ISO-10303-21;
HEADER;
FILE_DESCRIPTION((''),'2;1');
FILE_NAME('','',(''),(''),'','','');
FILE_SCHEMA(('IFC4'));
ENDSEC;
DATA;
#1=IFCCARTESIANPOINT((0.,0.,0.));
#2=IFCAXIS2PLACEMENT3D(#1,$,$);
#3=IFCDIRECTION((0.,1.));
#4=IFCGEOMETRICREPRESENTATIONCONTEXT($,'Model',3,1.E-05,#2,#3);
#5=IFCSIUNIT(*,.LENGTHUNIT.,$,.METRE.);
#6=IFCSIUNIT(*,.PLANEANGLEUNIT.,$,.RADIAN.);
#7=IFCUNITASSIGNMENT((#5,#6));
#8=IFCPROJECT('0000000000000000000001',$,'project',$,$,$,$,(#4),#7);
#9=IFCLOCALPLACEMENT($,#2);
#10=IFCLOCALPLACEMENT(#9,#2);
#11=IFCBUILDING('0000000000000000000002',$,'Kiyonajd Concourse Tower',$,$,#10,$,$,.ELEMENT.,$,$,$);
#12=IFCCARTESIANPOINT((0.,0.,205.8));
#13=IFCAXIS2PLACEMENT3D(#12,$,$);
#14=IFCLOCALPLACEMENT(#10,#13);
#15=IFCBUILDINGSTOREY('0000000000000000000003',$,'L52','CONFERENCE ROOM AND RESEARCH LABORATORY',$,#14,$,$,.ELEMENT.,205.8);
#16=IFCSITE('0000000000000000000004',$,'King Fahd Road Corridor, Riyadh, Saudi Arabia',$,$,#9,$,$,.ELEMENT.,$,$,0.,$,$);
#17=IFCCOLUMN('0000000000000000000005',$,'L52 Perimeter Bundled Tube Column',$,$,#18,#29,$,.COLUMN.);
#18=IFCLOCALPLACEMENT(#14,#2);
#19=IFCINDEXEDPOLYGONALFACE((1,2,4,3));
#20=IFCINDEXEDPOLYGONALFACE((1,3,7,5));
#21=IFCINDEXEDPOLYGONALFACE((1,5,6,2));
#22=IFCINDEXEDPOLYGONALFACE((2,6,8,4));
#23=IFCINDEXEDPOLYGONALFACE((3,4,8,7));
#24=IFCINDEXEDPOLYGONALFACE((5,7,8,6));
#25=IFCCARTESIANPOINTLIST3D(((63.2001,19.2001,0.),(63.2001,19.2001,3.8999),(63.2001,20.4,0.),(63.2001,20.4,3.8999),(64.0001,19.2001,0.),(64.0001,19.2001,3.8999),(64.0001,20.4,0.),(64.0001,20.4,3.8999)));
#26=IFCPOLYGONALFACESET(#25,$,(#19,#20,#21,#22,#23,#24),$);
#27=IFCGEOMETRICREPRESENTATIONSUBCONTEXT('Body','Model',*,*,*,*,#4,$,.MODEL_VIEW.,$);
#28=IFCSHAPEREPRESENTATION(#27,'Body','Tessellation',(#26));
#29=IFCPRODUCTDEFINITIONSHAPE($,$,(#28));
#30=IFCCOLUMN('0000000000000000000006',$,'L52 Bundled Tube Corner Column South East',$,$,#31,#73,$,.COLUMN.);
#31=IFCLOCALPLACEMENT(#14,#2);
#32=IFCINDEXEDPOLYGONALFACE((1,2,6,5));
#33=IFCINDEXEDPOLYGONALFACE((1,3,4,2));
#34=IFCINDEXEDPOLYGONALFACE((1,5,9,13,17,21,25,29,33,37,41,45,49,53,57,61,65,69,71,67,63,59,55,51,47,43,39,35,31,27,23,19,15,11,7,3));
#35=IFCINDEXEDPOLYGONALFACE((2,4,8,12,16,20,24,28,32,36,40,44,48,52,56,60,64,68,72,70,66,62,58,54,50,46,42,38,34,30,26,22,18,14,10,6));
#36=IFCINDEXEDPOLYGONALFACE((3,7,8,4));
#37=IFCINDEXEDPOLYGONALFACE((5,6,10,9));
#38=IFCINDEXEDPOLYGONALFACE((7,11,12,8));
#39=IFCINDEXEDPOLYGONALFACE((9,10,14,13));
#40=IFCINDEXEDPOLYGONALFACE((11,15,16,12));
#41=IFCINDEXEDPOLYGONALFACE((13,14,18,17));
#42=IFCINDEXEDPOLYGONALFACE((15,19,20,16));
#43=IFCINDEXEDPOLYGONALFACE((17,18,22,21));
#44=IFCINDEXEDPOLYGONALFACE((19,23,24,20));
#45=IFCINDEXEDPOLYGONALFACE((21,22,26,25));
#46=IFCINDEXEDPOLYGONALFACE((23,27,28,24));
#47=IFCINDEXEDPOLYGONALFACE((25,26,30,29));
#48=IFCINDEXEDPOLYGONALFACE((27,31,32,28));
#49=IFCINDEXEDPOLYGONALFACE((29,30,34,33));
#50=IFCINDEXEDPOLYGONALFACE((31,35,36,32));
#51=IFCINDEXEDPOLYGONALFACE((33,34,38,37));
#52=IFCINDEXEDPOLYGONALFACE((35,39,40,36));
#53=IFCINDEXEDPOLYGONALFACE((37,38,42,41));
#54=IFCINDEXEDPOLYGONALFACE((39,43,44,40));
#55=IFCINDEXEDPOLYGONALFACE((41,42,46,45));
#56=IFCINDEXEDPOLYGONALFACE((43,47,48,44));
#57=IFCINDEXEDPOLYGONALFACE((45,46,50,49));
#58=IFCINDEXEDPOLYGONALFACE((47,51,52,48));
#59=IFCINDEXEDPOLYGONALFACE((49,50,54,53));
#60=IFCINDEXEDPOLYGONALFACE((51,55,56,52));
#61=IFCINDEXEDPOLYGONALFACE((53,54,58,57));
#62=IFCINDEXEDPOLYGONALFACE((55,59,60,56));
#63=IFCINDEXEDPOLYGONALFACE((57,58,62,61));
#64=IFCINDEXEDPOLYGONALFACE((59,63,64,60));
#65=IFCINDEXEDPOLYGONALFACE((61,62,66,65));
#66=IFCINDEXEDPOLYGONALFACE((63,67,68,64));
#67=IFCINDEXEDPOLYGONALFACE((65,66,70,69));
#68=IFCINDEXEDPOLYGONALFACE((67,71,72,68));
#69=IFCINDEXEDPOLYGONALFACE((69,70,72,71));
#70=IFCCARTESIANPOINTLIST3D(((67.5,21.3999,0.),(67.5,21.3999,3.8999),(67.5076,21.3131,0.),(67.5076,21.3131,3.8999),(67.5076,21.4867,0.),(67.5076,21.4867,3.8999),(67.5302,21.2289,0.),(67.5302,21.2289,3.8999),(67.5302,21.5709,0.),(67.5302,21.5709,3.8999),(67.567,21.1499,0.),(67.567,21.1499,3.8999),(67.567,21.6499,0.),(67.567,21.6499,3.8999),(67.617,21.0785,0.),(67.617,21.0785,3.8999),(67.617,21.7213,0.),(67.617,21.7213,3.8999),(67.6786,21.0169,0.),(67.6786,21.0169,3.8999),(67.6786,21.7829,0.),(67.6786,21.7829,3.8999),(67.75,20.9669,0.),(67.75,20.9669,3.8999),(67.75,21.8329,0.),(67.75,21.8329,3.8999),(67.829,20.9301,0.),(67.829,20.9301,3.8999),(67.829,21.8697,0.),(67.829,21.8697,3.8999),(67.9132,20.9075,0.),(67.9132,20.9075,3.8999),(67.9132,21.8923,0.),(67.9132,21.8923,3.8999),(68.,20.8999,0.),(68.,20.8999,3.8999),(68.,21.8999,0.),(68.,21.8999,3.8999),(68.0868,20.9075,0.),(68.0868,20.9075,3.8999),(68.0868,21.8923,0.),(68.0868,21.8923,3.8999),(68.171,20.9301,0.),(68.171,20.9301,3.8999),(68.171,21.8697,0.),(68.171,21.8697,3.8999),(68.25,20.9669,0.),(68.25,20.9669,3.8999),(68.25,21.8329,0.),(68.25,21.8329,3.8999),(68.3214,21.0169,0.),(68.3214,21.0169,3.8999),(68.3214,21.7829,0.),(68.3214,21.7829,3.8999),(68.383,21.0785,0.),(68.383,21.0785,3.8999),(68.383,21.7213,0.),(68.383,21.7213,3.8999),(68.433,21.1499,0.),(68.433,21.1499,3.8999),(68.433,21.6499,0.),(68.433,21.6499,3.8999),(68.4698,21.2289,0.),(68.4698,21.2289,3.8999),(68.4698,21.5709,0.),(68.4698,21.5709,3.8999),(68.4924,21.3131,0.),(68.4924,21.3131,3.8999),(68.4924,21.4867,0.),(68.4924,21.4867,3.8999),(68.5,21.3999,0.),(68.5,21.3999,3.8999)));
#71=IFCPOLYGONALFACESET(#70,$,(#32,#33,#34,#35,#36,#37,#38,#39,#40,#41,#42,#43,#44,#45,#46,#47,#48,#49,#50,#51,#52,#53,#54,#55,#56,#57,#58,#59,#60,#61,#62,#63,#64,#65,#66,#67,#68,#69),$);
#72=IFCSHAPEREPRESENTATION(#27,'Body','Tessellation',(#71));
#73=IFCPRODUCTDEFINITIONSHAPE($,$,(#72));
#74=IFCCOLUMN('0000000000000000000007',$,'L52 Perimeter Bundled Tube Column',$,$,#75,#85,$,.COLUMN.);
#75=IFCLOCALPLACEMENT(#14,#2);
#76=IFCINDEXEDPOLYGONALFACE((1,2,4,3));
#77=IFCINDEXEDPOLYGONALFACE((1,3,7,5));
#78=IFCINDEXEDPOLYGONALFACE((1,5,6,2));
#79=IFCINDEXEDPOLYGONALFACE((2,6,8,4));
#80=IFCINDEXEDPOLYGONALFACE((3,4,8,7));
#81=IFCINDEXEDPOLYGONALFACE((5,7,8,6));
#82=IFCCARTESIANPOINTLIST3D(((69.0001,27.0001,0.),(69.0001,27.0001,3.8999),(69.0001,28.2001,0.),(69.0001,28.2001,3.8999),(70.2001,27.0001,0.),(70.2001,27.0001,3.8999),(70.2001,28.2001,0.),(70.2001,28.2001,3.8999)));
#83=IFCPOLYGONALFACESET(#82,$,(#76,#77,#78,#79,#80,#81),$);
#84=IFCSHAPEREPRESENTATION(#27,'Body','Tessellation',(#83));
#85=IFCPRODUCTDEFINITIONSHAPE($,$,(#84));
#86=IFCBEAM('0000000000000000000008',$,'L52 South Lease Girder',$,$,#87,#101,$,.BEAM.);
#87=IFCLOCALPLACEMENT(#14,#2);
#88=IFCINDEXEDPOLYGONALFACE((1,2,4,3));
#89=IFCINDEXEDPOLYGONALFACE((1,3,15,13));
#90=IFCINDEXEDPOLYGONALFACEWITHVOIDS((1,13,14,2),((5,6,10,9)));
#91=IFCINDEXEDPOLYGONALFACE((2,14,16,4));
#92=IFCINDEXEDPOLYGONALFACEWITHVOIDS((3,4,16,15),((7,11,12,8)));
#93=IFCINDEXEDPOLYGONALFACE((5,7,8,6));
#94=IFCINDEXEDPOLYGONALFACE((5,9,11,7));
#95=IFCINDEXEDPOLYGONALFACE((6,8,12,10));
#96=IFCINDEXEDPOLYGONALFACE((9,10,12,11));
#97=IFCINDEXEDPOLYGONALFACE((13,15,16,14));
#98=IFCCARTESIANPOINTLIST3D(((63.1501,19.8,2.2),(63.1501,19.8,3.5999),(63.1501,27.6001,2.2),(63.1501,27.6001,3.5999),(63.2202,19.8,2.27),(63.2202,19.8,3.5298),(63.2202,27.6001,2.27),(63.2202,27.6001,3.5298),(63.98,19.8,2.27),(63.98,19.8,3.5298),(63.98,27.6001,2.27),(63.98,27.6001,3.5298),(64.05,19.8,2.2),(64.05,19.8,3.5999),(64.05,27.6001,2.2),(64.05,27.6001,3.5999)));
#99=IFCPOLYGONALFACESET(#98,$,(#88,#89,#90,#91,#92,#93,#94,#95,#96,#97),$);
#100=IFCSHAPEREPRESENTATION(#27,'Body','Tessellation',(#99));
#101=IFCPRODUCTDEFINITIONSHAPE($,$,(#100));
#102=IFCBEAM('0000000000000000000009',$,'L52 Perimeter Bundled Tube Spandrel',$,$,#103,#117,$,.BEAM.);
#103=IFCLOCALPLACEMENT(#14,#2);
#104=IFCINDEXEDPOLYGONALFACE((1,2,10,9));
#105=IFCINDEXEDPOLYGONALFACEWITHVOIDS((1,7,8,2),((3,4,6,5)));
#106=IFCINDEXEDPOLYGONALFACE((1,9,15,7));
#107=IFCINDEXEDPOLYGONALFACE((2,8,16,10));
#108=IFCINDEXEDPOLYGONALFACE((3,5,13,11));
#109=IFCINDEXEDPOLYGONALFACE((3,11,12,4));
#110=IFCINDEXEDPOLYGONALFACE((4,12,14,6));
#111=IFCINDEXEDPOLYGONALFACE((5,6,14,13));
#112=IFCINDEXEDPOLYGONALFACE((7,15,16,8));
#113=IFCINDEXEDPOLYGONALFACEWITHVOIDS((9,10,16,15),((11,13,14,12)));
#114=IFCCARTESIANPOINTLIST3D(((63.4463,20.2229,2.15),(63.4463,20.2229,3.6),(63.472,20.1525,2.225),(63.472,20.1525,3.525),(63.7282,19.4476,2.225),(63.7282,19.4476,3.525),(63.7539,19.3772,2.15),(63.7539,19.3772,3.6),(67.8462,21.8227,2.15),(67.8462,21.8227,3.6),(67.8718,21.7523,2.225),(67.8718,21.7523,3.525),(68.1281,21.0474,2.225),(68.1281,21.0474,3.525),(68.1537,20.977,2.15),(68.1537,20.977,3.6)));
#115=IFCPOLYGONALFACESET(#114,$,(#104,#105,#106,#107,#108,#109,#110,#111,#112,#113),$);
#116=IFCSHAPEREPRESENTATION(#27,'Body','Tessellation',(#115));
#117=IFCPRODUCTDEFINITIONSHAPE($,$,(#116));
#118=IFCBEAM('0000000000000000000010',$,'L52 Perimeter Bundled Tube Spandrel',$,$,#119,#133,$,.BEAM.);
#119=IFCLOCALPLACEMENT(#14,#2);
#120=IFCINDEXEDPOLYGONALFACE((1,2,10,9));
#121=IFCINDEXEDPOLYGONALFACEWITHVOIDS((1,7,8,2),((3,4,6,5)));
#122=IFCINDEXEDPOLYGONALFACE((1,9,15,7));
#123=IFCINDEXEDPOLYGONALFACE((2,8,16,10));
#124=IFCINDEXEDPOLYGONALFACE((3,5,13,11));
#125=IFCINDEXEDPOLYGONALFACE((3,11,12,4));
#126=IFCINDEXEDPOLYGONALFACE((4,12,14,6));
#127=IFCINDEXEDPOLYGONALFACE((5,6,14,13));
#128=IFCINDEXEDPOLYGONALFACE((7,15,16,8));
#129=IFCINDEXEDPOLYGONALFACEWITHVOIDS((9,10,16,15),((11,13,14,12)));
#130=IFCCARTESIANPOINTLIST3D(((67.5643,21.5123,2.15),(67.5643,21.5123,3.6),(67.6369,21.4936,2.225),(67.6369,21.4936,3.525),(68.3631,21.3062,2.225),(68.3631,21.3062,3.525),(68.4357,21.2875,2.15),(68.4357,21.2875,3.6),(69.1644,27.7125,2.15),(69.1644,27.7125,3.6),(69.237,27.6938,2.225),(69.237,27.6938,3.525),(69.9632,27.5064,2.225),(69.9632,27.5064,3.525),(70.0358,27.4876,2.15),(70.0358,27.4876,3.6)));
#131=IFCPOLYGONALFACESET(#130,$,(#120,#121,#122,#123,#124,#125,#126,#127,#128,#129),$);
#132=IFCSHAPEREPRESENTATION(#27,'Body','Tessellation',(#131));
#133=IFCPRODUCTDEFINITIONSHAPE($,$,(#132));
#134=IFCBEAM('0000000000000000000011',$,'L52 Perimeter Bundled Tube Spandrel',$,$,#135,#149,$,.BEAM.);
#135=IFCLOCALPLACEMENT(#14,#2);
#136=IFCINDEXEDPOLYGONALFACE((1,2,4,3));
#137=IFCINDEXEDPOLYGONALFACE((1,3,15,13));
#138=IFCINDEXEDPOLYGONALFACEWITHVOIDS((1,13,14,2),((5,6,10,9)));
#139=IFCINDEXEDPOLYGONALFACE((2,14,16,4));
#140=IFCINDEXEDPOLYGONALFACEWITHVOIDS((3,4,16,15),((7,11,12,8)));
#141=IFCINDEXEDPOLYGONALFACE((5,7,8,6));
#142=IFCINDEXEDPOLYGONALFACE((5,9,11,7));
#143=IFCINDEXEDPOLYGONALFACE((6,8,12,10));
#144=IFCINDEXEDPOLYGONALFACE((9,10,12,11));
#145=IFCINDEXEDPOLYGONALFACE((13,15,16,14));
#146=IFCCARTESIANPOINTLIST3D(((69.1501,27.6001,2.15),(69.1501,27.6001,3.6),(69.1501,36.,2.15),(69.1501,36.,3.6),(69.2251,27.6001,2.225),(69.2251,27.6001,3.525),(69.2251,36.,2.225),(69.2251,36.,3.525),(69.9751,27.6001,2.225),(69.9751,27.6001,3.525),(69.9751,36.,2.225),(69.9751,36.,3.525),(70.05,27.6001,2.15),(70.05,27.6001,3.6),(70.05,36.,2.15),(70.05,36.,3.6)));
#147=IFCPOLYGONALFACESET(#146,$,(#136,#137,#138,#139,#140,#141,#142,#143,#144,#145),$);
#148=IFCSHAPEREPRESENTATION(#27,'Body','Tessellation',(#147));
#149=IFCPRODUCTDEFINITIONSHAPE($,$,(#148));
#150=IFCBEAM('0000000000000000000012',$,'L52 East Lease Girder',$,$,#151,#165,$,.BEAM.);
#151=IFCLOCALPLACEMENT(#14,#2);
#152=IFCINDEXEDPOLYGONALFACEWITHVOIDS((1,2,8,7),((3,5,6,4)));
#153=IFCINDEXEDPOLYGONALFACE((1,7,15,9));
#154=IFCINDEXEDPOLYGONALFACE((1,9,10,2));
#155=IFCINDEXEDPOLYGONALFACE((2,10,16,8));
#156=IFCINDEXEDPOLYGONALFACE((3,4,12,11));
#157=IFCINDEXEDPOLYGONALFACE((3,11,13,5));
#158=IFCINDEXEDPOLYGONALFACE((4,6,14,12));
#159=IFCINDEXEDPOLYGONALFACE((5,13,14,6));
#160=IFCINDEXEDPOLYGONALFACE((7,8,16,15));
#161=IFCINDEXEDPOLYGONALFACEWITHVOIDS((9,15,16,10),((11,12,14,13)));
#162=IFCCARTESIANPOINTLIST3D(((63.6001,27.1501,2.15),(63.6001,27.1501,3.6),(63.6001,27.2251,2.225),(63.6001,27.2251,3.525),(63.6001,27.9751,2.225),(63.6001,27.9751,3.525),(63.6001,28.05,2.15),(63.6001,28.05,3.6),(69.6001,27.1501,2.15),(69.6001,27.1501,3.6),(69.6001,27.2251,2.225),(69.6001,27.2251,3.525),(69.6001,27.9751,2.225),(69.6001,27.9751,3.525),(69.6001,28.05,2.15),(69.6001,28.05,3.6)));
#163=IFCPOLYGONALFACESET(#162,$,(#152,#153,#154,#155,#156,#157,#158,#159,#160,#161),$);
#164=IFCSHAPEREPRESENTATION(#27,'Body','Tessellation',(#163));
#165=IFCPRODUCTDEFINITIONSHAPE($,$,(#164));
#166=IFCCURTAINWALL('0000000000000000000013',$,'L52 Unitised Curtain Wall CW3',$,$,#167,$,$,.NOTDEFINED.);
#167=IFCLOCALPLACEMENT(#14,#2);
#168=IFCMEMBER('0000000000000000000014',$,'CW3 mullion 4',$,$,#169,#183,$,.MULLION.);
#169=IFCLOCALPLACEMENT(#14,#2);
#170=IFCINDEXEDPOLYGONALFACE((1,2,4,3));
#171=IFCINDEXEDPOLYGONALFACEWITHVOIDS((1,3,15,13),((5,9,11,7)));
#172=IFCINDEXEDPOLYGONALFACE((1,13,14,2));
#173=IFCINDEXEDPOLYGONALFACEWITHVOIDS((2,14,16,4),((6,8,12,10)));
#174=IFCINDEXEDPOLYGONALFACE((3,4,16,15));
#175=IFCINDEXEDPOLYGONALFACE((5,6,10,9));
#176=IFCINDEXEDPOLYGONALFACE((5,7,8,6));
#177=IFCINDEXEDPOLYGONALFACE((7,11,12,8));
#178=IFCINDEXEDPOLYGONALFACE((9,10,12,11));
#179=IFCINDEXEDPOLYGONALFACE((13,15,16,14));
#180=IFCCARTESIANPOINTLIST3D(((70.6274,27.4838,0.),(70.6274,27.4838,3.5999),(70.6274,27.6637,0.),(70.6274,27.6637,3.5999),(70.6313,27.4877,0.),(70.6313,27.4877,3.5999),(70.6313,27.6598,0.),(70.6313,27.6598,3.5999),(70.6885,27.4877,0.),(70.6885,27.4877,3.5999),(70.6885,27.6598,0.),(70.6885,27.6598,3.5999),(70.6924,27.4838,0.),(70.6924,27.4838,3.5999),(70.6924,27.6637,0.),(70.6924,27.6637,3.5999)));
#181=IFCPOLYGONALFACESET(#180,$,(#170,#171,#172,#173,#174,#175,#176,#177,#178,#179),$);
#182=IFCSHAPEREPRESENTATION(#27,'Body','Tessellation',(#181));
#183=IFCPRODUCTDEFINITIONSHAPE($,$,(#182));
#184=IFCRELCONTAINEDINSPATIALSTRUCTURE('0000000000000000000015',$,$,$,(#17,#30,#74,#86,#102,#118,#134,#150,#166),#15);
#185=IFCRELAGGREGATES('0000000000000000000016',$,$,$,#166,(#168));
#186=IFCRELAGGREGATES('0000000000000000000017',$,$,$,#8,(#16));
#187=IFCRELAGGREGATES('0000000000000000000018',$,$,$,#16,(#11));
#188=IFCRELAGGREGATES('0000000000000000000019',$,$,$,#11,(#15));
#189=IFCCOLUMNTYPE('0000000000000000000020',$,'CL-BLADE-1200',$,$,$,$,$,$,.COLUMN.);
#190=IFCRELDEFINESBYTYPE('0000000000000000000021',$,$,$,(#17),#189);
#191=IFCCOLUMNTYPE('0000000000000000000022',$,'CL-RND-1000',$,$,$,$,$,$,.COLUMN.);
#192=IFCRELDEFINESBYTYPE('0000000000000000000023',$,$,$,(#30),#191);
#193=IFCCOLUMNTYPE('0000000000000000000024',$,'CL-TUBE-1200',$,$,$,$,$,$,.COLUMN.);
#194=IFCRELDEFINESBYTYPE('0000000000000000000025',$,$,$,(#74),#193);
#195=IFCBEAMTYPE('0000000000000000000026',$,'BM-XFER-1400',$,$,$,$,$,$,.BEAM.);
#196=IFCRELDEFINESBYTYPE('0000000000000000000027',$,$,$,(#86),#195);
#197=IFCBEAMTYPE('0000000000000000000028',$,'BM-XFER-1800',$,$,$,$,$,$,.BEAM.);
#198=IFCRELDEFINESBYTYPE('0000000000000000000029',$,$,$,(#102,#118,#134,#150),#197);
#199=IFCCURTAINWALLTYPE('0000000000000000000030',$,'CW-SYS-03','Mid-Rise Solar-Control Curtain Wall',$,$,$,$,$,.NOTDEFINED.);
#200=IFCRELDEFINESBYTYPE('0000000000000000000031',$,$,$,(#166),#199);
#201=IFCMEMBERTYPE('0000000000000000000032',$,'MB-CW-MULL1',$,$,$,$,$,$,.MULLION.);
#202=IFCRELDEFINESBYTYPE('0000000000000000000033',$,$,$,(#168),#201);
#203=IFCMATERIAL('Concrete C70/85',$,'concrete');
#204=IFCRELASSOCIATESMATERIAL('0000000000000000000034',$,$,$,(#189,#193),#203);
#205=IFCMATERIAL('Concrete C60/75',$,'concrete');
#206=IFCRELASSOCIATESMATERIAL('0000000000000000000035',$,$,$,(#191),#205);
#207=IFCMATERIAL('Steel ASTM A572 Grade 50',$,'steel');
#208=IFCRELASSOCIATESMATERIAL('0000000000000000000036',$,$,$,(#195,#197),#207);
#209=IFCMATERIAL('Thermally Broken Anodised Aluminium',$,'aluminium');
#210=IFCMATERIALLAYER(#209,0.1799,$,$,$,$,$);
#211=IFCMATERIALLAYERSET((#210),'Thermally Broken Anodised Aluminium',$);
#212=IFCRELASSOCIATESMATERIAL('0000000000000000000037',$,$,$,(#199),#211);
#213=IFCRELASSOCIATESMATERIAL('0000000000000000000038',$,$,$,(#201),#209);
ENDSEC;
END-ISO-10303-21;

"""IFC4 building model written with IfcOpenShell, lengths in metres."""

from ifc_helpers import new_model, si_unit, direction, frame, origin, origin_2d, place, context, subcontext, project, spatial, rectangle, hollow_rectangle, circle, extrude, material, layer, layer_set, material_profile, profile_set, type_object, element, aggregate, save


model = new_model("IFC4")

# Units and contexts
model_context = context("Model", 3, precision=1e-05, world=origin(), true_north=direction((0.0, 1.0)))
body_context = subcontext(model_context, "Body", "Model", "MODEL_VIEW")
ifc_project = project(units=[si_unit("LENGTHUNIT", "METRE"), si_unit("PLANEANGLEUNIT", "RADIAN")], contexts=[model_context])

# Site, building, storey
site_placement = place(None, origin())
site = spatial("IfcSite", under=ifc_project, at=site_placement, Name="King Fahd Road Corridor, Riyadh, Saudi Arabia", CompositionType="ELEMENT", RefElevation=0.0)
building_placement = place(site_placement, origin())
building = spatial("IfcBuilding", under=site, at=building_placement, Name="Kiyonajd Concourse Tower", CompositionType="ELEMENT")
storey_placement = place(building_placement, frame((0.0, 0.0, 205.8)))
storey = spatial("IfcBuildingStorey", under=building, at=storey_placement, Name="L52", Description="CONFERENCE ROOM AND RESEARCH LABORATORY", CompositionType="ELEMENT", Elevation=205.8)

# Columns
ifc_material_1 = material(Name="Concrete C70/85", Category="concrete")
ifc_material_profile_1 = material_profile(ifc_material_1, rectangle(XDim=0.8, YDim=1.2, at=origin_2d()), Name="RC-1200x800")
ifc_profile_set_1 = profile_set([ifc_material_profile_1], Name="Concrete C70/85")
column_type_1 = type_object("IfcColumnType", Name="CL-BLADE-1200", PredefinedType="COLUMN", material=ifc_profile_set_1)
column_1_placement = place(storey_placement, frame((63.6001, 19.8, 0.0), z_axis=(0.0, 0.0, 1.0), x_axis=(1.0, 0.0, 0.0)))
element("IfcColumn", 1, at=column_1_placement, inside=storey, type_object=column_type_1, Name="L52 Perimeter Bundled Tube Column", PredefinedType="COLUMN", context=body_context, shape_type="SweptSolid", body=[
    extrude(rectangle(XDim=0.8, YDim=1.2, at=origin_2d()), origin(), (0.0, 0.0, 1.0), 3.8999),
])
ifc_material_2 = material(Name="Concrete C60/75", Category="concrete")
ifc_material_profile_2 = material_profile(ifc_material_2, circle(Radius=0.5, at=origin_2d()), Name="RCC-D1000")
ifc_profile_set_2 = profile_set([ifc_material_profile_2], Name="Concrete C60/75")
column_type_2 = type_object("IfcColumnType", Name="CL-RND-1000", PredefinedType="COLUMN", material=ifc_profile_set_2)
column_2_placement = place(storey_placement, frame((68.0, 21.3999, 0.0), z_axis=(0.0, 0.0, 1.0), x_axis=(1.0, 0.0, 0.0)))
element("IfcColumn", 2, at=column_2_placement, inside=storey, type_object=column_type_2, Name="L52 Bundled Tube Corner Column South East", PredefinedType="COLUMN", context=body_context, shape_type="SweptSolid", body=[
    extrude(circle(Radius=0.5, at=origin_2d()), origin(), (0.0, 0.0, 1.0), 3.8999),
])
ifc_material_profile_3 = material_profile(ifc_material_1, rectangle(XDim=1.2, YDim=1.2, at=origin_2d()), Name="RC-1200x1200")
ifc_profile_set_3 = profile_set([ifc_material_profile_3], Name="Concrete C70/85")
column_type_3 = type_object("IfcColumnType", Name="CL-TUBE-1200", PredefinedType="COLUMN", material=ifc_profile_set_3)
column_3_placement = place(storey_placement, frame((69.6001, 27.6001, 0.0), z_axis=(0.0, 0.0, 1.0), x_axis=(1.0, 0.0, 0.0)))
element("IfcColumn", 3, at=column_3_placement, inside=storey, type_object=column_type_3, Name="L52 Perimeter Bundled Tube Column", PredefinedType="COLUMN", context=body_context, shape_type="SweptSolid", body=[
    extrude(rectangle(XDim=1.2, YDim=1.2, at=origin_2d()), origin(), (0.0, 0.0, 1.0), 3.8999),
])

# Beams
ifc_material_3 = material(Name="Steel ASTM A572 Grade 50", Category="steel")
ifc_material_profile_4 = material_profile(ifc_material_3, hollow_rectangle(XDim=0.8999, YDim=1.3999, WallThickness=0.0701, at=origin_2d()), Name="BOX-1400x900x70")
ifc_profile_set_4 = profile_set([ifc_material_profile_4], Name="Steel ASTM A572 Grade 50")
beam_type_1 = type_object("IfcBeamType", Name="BM-XFER-1400", PredefinedType="BEAM", material=ifc_profile_set_4)
beam_1_placement = place(storey_placement, frame((63.6001, 19.8, 2.8999), z_axis=(0.0, 1.0, 0.0), x_axis=(-1.0, 0.0, 0.0)))
element("IfcBeam", 4, at=beam_1_placement, inside=storey, type_object=beam_type_1, Name="L52 South Lease Girder", PredefinedType="BEAM", context=body_context, shape_type="SweptSolid", body=[
    extrude(hollow_rectangle(XDim=0.8999, YDim=1.3999, WallThickness=0.0701, at=origin_2d()), origin(), (0.0, 0.0, 1.0), 7.8),
])
ifc_material_profile_5 = material_profile(ifc_material_3, hollow_rectangle(XDim=0.8999, YDim=1.45, WallThickness=0.075, at=origin_2d()), Name="BOX-1450x900x75")
ifc_profile_set_5 = profile_set([ifc_material_profile_5], Name="Steel ASTM A572 Grade 50")
beam_type_2 = type_object("IfcBeamType", Name="BM-XFER-1800", PredefinedType="BEAM", material=ifc_profile_set_5)
beam_2_placement = place(storey_placement, frame((63.6001, 19.8, 2.875), z_axis=(0.939801, 0.341722, 0.0), x_axis=(-0.341722, 0.939801, 0.0)))
element("IfcBeam", 5, at=beam_2_placement, inside=storey, type_object=beam_type_2, Name="L52 Perimeter Bundled Tube Spandrel", PredefinedType="BEAM", context=body_context, shape_type="SweptSolid", body=[
    extrude(hollow_rectangle(XDim=0.8999, YDim=1.45, WallThickness=0.075, at=origin_2d()), origin(), (0.0, 0.0, 1.0), 4.6816),
])
beam_3_placement = place(storey_placement, frame((68.0, 21.3999, 2.875), z_axis=(0.249885, 0.968276, 0.0), x_axis=(-0.968276, 0.249885, 0.0)))
element("IfcBeam", 6, at=beam_3_placement, inside=storey, type_object=beam_type_2, Name="L52 Perimeter Bundled Tube Spandrel", PredefinedType="BEAM", context=body_context, shape_type="SweptSolid", body=[
    extrude(hollow_rectangle(XDim=0.8999, YDim=1.45, WallThickness=0.075, at=origin_2d()), origin(), (0.0, 0.0, 1.0), 6.4033),
])
beam_4_placement = place(storey_placement, frame((69.6001, 27.6001, 2.875), z_axis=(0.0, 1.0, 0.0), x_axis=(-1.0, 0.0, 0.0)))
element("IfcBeam", 7, at=beam_4_placement, inside=storey, type_object=beam_type_2, Name="L52 Perimeter Bundled Tube Spandrel", PredefinedType="BEAM", context=body_context, shape_type="SweptSolid", body=[
    extrude(hollow_rectangle(XDim=0.8999, YDim=1.45, WallThickness=0.075, at=origin_2d()), origin(), (0.0, 0.0, 1.0), 8.3999),
])
beam_5_placement = place(storey_placement, frame((63.6001, 27.6001, 2.875), z_axis=(1.0, 0.0, 0.0), x_axis=(0.0, 1.0, 0.0)))
element("IfcBeam", 8, at=beam_5_placement, inside=storey, type_object=beam_type_2, Name="L52 East Lease Girder", PredefinedType="BEAM", context=body_context, shape_type="SweptSolid", body=[
    extrude(hollow_rectangle(XDim=0.8999, YDim=1.45, WallThickness=0.075, at=origin_2d()), origin(), (0.0, 0.0, 1.0), 6.0),
])

# Curtain wall, member
ifc_material_4 = material(Name="Thermally Broken Anodised Aluminium", Category="aluminium")
ifc_layer_1 = layer(ifc_material_4, 0.1799)
ifc_layer_set_1 = layer_set([ifc_layer_1], Name="Thermally Broken Anodised Aluminium")
curtain_wall_type = type_object("IfcCurtainWallType", Name="CW-SYS-03", Description="Mid-Rise Solar-Control Curtain Wall", PredefinedType="NOTDEFINED", material=ifc_layer_set_1)
curtain_wall_placement = place(storey_placement, origin())
curtain_wall = element("IfcCurtainWall", 9, at=curtain_wall_placement, inside=storey, type_object=curtain_wall_type, Name="L52 Unitised Curtain Wall CW3", PredefinedType="NOTDEFINED")
ifc_material_profile_6 = material_profile(ifc_material_4, hollow_rectangle(XDim=0.0649, YDim=0.1799, WallThickness=0.0039, at=origin_2d()), Name="MULL-65x180")
ifc_profile_set_6 = profile_set([ifc_material_profile_6], Name="Thermally Broken Anodised Aluminium")
member_type_1 = type_object("IfcMemberType", Name="MB-CW-MULL1", PredefinedType="MULLION", material=ifc_profile_set_6)
member_1_placement = place(storey_placement, frame((70.6599, 27.5737, 0.0), z_axis=(0.0, 0.0, 1.0), x_axis=(1.0, 0.0, 0.0)))
member_1 = element("IfcMember", 10, at=member_1_placement, type_object=member_type_1, Name="CW3 mullion 4", PredefinedType="MULLION", context=body_context, shape_type="SweptSolid", body=[
    extrude(hollow_rectangle(XDim=0.0649, YDim=0.1799, WallThickness=0.0039, at=origin_2d()), origin(), (0.0, 0.0, 1.0), 3.5999),
])

aggregate(curtain_wall, [member_1])

save(model, "model.ifc")
